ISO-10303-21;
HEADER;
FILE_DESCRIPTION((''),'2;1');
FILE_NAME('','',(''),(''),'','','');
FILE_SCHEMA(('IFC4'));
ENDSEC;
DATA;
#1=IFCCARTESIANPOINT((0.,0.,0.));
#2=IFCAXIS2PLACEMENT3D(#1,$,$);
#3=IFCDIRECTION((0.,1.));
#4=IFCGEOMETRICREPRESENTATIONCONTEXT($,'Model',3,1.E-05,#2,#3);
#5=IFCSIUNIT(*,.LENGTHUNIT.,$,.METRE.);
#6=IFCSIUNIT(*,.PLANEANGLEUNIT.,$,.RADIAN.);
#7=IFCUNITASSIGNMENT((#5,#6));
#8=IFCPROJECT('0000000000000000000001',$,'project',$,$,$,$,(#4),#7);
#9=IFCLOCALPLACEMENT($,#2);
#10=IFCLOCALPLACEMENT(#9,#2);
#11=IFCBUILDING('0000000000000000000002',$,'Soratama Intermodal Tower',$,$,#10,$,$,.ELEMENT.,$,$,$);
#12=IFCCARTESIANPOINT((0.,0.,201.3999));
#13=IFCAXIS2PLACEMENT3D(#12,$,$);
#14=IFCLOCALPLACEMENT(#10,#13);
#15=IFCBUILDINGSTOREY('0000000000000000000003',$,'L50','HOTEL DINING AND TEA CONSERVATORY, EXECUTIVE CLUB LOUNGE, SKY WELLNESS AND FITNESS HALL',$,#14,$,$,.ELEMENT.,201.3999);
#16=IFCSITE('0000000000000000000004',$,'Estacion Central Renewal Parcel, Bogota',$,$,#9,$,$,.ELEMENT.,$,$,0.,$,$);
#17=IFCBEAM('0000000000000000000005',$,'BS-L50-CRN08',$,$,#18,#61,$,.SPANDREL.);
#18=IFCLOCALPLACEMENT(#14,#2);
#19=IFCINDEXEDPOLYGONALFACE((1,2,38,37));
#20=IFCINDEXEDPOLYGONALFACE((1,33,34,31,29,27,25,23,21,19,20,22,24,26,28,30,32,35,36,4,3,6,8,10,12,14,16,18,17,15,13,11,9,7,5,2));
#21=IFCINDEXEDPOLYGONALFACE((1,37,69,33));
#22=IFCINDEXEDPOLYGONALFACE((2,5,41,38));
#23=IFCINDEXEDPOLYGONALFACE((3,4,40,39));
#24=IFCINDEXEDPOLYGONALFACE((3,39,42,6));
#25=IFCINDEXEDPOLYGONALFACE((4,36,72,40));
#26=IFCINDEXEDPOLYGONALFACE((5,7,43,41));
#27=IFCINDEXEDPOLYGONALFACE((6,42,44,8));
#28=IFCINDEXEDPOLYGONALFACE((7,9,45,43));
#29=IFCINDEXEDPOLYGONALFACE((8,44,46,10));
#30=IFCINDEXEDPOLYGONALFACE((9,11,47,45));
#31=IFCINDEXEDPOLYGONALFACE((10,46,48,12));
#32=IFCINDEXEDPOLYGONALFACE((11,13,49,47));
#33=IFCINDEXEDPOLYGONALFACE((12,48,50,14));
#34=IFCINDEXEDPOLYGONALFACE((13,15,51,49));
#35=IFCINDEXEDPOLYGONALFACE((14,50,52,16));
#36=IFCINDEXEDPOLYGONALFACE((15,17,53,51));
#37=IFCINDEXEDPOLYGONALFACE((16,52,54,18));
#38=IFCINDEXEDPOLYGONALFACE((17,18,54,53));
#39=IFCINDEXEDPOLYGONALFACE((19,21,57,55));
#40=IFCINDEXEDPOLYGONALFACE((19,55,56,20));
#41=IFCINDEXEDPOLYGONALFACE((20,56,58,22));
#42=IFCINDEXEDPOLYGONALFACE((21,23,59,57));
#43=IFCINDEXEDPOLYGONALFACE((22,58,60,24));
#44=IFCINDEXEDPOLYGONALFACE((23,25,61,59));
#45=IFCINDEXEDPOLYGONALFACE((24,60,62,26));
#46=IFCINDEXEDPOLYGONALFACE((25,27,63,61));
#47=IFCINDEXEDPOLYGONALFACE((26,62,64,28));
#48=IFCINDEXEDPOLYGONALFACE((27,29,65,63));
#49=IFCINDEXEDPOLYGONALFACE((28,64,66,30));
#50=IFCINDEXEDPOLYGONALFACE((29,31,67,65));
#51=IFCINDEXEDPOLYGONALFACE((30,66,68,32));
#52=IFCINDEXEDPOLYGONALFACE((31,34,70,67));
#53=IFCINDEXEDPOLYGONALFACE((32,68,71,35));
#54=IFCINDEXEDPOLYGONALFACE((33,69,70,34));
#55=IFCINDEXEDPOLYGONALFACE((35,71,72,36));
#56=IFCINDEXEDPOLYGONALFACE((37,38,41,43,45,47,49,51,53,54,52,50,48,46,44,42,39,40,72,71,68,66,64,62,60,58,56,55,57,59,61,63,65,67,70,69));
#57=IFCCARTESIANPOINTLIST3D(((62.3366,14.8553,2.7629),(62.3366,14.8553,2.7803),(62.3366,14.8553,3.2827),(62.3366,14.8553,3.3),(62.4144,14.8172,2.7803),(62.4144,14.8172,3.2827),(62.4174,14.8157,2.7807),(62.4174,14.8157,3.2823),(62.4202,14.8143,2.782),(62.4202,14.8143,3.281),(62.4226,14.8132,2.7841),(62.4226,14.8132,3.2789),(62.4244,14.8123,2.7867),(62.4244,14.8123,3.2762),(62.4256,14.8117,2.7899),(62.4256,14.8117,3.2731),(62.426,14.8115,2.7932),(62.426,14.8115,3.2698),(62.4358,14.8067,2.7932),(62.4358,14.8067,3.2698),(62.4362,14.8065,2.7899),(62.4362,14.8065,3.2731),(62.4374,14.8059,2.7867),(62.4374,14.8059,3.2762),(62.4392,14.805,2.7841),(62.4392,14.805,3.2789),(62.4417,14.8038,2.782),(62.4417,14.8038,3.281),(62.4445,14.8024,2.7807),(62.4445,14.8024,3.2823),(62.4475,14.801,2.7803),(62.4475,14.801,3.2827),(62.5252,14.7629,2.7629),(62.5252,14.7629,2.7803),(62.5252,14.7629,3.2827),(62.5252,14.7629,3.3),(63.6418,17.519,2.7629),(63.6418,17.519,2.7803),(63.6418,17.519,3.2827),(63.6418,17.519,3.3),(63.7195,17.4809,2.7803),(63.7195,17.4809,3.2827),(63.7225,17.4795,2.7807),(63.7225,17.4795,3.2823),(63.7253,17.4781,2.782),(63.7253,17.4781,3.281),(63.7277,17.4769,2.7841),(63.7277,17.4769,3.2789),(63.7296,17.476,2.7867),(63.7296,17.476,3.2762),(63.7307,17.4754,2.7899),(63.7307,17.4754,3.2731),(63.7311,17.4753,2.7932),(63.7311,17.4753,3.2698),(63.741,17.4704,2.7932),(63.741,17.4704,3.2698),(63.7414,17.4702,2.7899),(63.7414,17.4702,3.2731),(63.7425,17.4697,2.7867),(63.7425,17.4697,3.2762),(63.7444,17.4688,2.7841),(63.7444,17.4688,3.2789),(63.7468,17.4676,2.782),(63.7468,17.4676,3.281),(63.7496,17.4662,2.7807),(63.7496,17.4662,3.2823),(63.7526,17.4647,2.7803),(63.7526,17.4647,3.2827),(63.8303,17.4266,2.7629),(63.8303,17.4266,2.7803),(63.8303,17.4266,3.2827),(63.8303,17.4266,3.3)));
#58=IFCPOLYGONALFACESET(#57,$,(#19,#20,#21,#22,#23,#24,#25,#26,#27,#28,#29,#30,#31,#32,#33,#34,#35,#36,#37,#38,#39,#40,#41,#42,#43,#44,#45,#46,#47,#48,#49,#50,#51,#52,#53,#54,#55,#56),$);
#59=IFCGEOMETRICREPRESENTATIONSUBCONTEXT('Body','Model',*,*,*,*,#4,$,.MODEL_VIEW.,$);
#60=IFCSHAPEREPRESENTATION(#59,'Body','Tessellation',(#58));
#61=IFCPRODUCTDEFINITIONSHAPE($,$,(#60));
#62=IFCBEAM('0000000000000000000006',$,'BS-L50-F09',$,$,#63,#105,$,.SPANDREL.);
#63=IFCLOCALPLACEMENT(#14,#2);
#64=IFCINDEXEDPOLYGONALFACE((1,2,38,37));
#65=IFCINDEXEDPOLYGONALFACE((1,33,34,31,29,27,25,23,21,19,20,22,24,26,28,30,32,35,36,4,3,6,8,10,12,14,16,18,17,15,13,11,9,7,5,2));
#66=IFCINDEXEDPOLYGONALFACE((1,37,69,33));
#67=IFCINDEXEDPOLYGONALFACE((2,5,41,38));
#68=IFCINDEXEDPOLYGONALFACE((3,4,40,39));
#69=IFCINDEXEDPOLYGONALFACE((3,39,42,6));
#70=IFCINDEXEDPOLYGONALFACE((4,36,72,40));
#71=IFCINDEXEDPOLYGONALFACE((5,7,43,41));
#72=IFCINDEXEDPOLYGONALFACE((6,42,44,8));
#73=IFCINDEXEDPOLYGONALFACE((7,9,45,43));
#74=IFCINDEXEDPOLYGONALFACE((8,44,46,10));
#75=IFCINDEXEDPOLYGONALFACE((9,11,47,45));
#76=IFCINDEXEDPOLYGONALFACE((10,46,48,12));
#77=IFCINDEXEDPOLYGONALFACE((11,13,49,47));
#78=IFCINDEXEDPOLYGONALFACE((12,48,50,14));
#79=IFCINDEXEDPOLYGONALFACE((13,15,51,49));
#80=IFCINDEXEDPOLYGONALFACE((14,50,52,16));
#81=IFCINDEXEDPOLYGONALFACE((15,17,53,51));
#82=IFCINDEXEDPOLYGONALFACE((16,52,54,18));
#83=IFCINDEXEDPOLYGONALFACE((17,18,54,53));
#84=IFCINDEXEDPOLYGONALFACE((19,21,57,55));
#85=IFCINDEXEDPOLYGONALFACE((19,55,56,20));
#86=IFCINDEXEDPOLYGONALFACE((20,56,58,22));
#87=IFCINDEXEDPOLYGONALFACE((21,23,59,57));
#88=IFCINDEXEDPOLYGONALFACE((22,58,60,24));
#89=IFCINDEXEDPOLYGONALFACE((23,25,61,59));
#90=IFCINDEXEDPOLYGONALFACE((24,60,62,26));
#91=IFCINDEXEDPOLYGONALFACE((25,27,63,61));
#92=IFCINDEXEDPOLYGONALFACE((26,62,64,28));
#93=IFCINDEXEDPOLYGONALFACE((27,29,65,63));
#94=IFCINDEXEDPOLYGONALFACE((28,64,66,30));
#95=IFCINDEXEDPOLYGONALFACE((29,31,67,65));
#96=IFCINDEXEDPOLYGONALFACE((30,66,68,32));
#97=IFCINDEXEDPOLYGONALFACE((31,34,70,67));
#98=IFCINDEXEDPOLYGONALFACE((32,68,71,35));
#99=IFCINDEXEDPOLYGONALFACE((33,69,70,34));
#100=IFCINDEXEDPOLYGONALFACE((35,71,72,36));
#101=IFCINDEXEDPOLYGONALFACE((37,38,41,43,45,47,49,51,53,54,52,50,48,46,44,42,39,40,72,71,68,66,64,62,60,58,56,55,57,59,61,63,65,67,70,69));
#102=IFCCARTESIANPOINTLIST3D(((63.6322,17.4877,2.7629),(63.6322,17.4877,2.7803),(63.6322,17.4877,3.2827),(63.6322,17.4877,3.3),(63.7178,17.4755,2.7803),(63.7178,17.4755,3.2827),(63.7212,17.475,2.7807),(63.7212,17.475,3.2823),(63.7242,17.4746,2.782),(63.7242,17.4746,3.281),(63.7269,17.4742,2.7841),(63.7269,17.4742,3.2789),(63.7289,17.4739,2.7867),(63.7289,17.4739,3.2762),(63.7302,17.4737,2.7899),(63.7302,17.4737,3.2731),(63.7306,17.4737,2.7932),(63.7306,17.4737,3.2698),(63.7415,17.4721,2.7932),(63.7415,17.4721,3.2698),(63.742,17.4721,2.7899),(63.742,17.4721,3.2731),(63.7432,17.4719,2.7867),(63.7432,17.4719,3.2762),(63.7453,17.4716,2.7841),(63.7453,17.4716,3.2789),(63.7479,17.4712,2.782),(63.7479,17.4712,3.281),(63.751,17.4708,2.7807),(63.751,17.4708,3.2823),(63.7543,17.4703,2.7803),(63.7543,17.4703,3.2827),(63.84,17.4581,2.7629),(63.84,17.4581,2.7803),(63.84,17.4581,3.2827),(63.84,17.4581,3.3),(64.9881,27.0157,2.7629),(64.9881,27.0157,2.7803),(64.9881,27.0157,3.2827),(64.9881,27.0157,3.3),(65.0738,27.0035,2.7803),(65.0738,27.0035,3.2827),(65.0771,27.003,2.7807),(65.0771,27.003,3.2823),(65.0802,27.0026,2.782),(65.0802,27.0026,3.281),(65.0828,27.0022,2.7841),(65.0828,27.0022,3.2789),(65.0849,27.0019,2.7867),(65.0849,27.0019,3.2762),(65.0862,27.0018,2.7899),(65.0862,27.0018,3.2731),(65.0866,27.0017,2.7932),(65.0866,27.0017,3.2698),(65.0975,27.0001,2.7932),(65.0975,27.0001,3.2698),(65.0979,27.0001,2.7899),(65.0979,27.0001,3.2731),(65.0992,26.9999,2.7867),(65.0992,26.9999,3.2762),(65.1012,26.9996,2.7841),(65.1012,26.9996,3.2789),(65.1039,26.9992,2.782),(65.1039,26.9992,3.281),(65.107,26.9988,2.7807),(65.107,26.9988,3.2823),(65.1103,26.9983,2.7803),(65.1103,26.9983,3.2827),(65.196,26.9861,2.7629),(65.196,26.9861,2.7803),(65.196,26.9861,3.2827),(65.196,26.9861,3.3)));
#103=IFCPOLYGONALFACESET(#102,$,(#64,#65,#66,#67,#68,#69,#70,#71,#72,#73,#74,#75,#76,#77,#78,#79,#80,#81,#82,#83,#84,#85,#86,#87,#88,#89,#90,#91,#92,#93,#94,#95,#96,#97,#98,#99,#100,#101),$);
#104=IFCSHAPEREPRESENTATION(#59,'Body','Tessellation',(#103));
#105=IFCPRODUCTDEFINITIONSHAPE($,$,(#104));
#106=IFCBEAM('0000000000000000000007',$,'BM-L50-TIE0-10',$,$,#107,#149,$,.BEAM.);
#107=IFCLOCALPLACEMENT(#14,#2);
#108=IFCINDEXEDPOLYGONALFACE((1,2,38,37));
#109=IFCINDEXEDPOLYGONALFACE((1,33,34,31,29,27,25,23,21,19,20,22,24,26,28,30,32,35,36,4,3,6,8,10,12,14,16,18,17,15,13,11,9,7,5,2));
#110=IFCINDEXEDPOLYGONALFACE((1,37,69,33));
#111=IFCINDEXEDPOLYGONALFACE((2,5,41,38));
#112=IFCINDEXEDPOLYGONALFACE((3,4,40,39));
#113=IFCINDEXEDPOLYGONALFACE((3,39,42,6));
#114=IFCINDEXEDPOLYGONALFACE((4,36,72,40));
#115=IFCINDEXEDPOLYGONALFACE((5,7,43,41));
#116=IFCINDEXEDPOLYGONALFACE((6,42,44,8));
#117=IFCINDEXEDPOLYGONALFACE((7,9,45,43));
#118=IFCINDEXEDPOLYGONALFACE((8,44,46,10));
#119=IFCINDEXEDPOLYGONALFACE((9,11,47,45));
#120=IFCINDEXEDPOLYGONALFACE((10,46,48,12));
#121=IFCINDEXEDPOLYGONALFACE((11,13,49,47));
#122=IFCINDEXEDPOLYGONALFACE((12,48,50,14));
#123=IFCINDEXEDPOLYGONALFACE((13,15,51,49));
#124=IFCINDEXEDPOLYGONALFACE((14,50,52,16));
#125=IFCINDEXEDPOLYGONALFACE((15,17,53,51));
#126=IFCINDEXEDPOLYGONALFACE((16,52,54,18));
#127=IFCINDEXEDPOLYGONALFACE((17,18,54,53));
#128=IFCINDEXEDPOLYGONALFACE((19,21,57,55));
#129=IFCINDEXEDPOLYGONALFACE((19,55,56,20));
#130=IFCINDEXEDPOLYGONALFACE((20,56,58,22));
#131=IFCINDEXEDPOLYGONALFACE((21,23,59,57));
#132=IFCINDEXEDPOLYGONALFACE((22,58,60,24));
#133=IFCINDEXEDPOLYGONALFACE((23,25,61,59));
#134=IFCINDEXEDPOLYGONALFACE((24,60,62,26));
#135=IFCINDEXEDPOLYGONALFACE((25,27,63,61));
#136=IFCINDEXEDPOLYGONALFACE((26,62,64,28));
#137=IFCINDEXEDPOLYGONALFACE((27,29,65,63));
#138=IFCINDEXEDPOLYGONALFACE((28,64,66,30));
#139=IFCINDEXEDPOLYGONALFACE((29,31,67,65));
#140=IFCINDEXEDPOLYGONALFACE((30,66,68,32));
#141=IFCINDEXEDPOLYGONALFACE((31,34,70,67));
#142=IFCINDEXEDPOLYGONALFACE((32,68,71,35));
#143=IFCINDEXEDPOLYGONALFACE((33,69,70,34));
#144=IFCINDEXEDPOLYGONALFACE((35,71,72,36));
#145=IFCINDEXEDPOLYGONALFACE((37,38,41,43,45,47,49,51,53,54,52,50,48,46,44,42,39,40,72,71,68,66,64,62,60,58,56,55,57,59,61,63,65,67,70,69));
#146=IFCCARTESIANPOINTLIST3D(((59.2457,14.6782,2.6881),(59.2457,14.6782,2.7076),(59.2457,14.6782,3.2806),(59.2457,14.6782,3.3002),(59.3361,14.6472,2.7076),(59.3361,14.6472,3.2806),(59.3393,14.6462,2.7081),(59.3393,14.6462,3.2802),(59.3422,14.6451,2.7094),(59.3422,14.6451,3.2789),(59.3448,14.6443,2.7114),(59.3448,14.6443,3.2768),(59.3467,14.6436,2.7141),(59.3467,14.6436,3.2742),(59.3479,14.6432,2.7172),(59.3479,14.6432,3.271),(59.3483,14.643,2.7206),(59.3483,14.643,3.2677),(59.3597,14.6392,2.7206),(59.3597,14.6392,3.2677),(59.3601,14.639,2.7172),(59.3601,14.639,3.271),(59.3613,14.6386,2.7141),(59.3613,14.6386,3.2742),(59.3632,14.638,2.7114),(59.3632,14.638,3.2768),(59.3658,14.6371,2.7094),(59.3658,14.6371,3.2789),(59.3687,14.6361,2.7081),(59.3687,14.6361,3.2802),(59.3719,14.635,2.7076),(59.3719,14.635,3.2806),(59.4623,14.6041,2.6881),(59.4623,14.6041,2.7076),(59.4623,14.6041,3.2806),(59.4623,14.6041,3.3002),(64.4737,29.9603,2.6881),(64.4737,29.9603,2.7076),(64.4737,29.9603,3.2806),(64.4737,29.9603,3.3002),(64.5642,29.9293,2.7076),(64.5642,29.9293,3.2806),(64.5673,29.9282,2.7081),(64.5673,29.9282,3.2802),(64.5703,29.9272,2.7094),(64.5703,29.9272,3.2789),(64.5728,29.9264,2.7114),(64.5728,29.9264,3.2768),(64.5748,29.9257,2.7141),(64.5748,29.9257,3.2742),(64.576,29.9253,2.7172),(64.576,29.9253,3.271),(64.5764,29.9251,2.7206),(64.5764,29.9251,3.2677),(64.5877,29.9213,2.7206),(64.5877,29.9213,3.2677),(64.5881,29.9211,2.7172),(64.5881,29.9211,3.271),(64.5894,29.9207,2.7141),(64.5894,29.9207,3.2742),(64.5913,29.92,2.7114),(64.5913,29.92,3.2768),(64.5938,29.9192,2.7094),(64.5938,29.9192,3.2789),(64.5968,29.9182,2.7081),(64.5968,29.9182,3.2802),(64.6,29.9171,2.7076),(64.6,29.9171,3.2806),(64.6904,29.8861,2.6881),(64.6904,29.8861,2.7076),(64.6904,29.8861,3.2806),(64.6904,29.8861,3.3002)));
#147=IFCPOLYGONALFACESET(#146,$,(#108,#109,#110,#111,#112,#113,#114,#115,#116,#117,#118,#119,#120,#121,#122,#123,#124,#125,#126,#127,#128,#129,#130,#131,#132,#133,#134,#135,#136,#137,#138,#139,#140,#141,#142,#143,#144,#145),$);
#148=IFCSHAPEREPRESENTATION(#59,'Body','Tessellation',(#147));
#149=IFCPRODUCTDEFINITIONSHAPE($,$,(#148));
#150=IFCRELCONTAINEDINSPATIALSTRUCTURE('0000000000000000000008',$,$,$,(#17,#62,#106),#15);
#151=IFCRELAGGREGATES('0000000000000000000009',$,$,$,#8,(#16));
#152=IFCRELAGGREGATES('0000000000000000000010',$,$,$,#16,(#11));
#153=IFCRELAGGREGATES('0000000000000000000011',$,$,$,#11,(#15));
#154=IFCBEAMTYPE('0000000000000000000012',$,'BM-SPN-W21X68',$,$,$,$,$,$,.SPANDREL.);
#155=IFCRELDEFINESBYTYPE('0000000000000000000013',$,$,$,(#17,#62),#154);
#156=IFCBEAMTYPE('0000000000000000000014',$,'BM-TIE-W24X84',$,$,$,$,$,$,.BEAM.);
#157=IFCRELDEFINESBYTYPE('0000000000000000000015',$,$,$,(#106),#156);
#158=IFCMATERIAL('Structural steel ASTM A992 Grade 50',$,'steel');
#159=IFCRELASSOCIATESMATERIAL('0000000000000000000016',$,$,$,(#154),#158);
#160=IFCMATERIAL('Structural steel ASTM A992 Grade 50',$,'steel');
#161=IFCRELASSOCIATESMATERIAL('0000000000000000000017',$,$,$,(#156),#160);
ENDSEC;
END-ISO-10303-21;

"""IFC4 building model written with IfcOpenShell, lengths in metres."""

from ifc_helpers import new_model, si_unit, direction, frame, origin, origin_2d, place, context, subcontext, project, spatial, i_section, extrude, material, material_profile, profile_set, type_object, element, save


model = new_model("IFC4")

# Units and contexts
model_context = context("Model", 3, precision=1e-05, world=origin(), true_north=direction((0.0, 1.0)))
body_context = subcontext(model_context, "Body", "Model", "MODEL_VIEW")
ifc_project = project(units=[si_unit("LENGTHUNIT", "METRE"), si_unit("PLANEANGLEUNIT", "RADIAN")], contexts=[model_context])

# Site, building, storey
site_placement = place(None, origin())
site = spatial("IfcSite", under=ifc_project, at=site_placement, Name="Estacion Central Renewal Parcel, Bogota", CompositionType="ELEMENT", RefElevation=0.0)
building_placement = place(site_placement, origin())
building = spatial("IfcBuilding", under=site, at=building_placement, Name="Soratama Intermodal Tower", CompositionType="ELEMENT")
storey_placement = place(building_placement, frame((0.0, 0.0, 201.3999)))
storey = spatial("IfcBuildingStorey", under=building, at=storey_placement, Name="L50", Description="HOTEL DINING AND TEA CONSERVATORY, EXECUTIVE CLUB LOUNGE, SKY WELLNESS AND FITNESS HALL", CompositionType="ELEMENT", Elevation=201.3999)

# Beams
ifc_material_1 = material(Name="Structural steel ASTM A992 Grade 50", Category="steel")
ifc_material_profile_1 = material_profile(ifc_material_1, i_section(OverallWidth=0.21, OverallDepth=0.5371, WebThickness=0.011, FlangeThickness=0.0173, FilletRadius=0.0129, at=origin_2d()), Name="W21X68")
ifc_profile_set_1 = profile_set([ifc_material_profile_1], Name="Structural steel ASTM A992 Grade 50")
beam_type_1 = type_object("IfcBeamType", Name="BM-SPN-W21X68", PredefinedType="SPANDREL", material=ifc_profile_set_1)
beam_1_placement = place(storey_placement, frame((62.4309, 14.8091, 3.0315), z_axis=(0.439989, 0.898003, 0.0), x_axis=(-0.898003, 0.439989, 0.0)))
element("IfcBeam", 1, at=beam_1_placement, inside=storey, type_object=beam_type_1, Name="BS-L50-CRN08", PredefinedType="SPANDREL", context=body_context, shape_type="SweptSolid", body=[
    extrude(i_section(OverallWidth=0.21, OverallDepth=0.5371, WebThickness=0.011, FlangeThickness=0.0173, FilletRadius=0.0129, at=origin_2d()), origin(), (0.0, 0.0, 1.0), 2.9663),
])
beam_2_placement = place(storey_placement, frame((63.7361, 17.4729, 3.0315), z_axis=(0.140892, 0.990025, 0.0), x_axis=(-0.990025, 0.140892, 0.0)))
element("IfcBeam", 2, at=beam_2_placement, inside=storey, type_object=beam_type_1, Name="BS-L50-F09", PredefinedType="SPANDREL", context=body_context, shape_type="SweptSolid", body=[
    extrude(i_section(OverallWidth=0.21, OverallDepth=0.5371, WebThickness=0.011, FlangeThickness=0.0173, FilletRadius=0.0129, at=origin_2d()), origin(), (0.0, 0.0, 1.0), 9.624),
])
ifc_material_2 = material(Name="Structural steel ASTM A992 Grade 50", Category="steel")
ifc_material_profile_2 = material_profile(ifc_material_2, i_section(OverallWidth=0.229, OverallDepth=0.6121, WebThickness=0.012, FlangeThickness=0.0195, FilletRadius=0.0129, at=origin_2d()), Name="W24X84")
ifc_profile_set_2 = profile_set([ifc_material_profile_2], Name="Structural steel ASTM A992 Grade 50")
beam_type_2 = type_object("IfcBeamType", Name="BM-TIE-W24X84", PredefinedType="BEAM", material=ifc_profile_set_2)
beam_3_placement = place(storey_placement, frame((59.354, 14.6411, 2.9941), z_axis=(0.323687, 0.946164, 0.0), x_axis=(-0.946164, 0.323687, 0.0)))
element("IfcBeam", 3, at=beam_3_placement, inside=storey, type_object=beam_type_2, Name="BM-L50-TIE0-10", PredefinedType="BEAM", context=body_context, shape_type="SweptSolid", body=[
    extrude(i_section(OverallWidth=0.229, OverallDepth=0.6121, WebThickness=0.012, FlangeThickness=0.0195, FilletRadius=0.0129, at=origin_2d()), origin(), (0.0, 0.0, 1.0), 16.1516),
])

save(model, "model.ifc")
